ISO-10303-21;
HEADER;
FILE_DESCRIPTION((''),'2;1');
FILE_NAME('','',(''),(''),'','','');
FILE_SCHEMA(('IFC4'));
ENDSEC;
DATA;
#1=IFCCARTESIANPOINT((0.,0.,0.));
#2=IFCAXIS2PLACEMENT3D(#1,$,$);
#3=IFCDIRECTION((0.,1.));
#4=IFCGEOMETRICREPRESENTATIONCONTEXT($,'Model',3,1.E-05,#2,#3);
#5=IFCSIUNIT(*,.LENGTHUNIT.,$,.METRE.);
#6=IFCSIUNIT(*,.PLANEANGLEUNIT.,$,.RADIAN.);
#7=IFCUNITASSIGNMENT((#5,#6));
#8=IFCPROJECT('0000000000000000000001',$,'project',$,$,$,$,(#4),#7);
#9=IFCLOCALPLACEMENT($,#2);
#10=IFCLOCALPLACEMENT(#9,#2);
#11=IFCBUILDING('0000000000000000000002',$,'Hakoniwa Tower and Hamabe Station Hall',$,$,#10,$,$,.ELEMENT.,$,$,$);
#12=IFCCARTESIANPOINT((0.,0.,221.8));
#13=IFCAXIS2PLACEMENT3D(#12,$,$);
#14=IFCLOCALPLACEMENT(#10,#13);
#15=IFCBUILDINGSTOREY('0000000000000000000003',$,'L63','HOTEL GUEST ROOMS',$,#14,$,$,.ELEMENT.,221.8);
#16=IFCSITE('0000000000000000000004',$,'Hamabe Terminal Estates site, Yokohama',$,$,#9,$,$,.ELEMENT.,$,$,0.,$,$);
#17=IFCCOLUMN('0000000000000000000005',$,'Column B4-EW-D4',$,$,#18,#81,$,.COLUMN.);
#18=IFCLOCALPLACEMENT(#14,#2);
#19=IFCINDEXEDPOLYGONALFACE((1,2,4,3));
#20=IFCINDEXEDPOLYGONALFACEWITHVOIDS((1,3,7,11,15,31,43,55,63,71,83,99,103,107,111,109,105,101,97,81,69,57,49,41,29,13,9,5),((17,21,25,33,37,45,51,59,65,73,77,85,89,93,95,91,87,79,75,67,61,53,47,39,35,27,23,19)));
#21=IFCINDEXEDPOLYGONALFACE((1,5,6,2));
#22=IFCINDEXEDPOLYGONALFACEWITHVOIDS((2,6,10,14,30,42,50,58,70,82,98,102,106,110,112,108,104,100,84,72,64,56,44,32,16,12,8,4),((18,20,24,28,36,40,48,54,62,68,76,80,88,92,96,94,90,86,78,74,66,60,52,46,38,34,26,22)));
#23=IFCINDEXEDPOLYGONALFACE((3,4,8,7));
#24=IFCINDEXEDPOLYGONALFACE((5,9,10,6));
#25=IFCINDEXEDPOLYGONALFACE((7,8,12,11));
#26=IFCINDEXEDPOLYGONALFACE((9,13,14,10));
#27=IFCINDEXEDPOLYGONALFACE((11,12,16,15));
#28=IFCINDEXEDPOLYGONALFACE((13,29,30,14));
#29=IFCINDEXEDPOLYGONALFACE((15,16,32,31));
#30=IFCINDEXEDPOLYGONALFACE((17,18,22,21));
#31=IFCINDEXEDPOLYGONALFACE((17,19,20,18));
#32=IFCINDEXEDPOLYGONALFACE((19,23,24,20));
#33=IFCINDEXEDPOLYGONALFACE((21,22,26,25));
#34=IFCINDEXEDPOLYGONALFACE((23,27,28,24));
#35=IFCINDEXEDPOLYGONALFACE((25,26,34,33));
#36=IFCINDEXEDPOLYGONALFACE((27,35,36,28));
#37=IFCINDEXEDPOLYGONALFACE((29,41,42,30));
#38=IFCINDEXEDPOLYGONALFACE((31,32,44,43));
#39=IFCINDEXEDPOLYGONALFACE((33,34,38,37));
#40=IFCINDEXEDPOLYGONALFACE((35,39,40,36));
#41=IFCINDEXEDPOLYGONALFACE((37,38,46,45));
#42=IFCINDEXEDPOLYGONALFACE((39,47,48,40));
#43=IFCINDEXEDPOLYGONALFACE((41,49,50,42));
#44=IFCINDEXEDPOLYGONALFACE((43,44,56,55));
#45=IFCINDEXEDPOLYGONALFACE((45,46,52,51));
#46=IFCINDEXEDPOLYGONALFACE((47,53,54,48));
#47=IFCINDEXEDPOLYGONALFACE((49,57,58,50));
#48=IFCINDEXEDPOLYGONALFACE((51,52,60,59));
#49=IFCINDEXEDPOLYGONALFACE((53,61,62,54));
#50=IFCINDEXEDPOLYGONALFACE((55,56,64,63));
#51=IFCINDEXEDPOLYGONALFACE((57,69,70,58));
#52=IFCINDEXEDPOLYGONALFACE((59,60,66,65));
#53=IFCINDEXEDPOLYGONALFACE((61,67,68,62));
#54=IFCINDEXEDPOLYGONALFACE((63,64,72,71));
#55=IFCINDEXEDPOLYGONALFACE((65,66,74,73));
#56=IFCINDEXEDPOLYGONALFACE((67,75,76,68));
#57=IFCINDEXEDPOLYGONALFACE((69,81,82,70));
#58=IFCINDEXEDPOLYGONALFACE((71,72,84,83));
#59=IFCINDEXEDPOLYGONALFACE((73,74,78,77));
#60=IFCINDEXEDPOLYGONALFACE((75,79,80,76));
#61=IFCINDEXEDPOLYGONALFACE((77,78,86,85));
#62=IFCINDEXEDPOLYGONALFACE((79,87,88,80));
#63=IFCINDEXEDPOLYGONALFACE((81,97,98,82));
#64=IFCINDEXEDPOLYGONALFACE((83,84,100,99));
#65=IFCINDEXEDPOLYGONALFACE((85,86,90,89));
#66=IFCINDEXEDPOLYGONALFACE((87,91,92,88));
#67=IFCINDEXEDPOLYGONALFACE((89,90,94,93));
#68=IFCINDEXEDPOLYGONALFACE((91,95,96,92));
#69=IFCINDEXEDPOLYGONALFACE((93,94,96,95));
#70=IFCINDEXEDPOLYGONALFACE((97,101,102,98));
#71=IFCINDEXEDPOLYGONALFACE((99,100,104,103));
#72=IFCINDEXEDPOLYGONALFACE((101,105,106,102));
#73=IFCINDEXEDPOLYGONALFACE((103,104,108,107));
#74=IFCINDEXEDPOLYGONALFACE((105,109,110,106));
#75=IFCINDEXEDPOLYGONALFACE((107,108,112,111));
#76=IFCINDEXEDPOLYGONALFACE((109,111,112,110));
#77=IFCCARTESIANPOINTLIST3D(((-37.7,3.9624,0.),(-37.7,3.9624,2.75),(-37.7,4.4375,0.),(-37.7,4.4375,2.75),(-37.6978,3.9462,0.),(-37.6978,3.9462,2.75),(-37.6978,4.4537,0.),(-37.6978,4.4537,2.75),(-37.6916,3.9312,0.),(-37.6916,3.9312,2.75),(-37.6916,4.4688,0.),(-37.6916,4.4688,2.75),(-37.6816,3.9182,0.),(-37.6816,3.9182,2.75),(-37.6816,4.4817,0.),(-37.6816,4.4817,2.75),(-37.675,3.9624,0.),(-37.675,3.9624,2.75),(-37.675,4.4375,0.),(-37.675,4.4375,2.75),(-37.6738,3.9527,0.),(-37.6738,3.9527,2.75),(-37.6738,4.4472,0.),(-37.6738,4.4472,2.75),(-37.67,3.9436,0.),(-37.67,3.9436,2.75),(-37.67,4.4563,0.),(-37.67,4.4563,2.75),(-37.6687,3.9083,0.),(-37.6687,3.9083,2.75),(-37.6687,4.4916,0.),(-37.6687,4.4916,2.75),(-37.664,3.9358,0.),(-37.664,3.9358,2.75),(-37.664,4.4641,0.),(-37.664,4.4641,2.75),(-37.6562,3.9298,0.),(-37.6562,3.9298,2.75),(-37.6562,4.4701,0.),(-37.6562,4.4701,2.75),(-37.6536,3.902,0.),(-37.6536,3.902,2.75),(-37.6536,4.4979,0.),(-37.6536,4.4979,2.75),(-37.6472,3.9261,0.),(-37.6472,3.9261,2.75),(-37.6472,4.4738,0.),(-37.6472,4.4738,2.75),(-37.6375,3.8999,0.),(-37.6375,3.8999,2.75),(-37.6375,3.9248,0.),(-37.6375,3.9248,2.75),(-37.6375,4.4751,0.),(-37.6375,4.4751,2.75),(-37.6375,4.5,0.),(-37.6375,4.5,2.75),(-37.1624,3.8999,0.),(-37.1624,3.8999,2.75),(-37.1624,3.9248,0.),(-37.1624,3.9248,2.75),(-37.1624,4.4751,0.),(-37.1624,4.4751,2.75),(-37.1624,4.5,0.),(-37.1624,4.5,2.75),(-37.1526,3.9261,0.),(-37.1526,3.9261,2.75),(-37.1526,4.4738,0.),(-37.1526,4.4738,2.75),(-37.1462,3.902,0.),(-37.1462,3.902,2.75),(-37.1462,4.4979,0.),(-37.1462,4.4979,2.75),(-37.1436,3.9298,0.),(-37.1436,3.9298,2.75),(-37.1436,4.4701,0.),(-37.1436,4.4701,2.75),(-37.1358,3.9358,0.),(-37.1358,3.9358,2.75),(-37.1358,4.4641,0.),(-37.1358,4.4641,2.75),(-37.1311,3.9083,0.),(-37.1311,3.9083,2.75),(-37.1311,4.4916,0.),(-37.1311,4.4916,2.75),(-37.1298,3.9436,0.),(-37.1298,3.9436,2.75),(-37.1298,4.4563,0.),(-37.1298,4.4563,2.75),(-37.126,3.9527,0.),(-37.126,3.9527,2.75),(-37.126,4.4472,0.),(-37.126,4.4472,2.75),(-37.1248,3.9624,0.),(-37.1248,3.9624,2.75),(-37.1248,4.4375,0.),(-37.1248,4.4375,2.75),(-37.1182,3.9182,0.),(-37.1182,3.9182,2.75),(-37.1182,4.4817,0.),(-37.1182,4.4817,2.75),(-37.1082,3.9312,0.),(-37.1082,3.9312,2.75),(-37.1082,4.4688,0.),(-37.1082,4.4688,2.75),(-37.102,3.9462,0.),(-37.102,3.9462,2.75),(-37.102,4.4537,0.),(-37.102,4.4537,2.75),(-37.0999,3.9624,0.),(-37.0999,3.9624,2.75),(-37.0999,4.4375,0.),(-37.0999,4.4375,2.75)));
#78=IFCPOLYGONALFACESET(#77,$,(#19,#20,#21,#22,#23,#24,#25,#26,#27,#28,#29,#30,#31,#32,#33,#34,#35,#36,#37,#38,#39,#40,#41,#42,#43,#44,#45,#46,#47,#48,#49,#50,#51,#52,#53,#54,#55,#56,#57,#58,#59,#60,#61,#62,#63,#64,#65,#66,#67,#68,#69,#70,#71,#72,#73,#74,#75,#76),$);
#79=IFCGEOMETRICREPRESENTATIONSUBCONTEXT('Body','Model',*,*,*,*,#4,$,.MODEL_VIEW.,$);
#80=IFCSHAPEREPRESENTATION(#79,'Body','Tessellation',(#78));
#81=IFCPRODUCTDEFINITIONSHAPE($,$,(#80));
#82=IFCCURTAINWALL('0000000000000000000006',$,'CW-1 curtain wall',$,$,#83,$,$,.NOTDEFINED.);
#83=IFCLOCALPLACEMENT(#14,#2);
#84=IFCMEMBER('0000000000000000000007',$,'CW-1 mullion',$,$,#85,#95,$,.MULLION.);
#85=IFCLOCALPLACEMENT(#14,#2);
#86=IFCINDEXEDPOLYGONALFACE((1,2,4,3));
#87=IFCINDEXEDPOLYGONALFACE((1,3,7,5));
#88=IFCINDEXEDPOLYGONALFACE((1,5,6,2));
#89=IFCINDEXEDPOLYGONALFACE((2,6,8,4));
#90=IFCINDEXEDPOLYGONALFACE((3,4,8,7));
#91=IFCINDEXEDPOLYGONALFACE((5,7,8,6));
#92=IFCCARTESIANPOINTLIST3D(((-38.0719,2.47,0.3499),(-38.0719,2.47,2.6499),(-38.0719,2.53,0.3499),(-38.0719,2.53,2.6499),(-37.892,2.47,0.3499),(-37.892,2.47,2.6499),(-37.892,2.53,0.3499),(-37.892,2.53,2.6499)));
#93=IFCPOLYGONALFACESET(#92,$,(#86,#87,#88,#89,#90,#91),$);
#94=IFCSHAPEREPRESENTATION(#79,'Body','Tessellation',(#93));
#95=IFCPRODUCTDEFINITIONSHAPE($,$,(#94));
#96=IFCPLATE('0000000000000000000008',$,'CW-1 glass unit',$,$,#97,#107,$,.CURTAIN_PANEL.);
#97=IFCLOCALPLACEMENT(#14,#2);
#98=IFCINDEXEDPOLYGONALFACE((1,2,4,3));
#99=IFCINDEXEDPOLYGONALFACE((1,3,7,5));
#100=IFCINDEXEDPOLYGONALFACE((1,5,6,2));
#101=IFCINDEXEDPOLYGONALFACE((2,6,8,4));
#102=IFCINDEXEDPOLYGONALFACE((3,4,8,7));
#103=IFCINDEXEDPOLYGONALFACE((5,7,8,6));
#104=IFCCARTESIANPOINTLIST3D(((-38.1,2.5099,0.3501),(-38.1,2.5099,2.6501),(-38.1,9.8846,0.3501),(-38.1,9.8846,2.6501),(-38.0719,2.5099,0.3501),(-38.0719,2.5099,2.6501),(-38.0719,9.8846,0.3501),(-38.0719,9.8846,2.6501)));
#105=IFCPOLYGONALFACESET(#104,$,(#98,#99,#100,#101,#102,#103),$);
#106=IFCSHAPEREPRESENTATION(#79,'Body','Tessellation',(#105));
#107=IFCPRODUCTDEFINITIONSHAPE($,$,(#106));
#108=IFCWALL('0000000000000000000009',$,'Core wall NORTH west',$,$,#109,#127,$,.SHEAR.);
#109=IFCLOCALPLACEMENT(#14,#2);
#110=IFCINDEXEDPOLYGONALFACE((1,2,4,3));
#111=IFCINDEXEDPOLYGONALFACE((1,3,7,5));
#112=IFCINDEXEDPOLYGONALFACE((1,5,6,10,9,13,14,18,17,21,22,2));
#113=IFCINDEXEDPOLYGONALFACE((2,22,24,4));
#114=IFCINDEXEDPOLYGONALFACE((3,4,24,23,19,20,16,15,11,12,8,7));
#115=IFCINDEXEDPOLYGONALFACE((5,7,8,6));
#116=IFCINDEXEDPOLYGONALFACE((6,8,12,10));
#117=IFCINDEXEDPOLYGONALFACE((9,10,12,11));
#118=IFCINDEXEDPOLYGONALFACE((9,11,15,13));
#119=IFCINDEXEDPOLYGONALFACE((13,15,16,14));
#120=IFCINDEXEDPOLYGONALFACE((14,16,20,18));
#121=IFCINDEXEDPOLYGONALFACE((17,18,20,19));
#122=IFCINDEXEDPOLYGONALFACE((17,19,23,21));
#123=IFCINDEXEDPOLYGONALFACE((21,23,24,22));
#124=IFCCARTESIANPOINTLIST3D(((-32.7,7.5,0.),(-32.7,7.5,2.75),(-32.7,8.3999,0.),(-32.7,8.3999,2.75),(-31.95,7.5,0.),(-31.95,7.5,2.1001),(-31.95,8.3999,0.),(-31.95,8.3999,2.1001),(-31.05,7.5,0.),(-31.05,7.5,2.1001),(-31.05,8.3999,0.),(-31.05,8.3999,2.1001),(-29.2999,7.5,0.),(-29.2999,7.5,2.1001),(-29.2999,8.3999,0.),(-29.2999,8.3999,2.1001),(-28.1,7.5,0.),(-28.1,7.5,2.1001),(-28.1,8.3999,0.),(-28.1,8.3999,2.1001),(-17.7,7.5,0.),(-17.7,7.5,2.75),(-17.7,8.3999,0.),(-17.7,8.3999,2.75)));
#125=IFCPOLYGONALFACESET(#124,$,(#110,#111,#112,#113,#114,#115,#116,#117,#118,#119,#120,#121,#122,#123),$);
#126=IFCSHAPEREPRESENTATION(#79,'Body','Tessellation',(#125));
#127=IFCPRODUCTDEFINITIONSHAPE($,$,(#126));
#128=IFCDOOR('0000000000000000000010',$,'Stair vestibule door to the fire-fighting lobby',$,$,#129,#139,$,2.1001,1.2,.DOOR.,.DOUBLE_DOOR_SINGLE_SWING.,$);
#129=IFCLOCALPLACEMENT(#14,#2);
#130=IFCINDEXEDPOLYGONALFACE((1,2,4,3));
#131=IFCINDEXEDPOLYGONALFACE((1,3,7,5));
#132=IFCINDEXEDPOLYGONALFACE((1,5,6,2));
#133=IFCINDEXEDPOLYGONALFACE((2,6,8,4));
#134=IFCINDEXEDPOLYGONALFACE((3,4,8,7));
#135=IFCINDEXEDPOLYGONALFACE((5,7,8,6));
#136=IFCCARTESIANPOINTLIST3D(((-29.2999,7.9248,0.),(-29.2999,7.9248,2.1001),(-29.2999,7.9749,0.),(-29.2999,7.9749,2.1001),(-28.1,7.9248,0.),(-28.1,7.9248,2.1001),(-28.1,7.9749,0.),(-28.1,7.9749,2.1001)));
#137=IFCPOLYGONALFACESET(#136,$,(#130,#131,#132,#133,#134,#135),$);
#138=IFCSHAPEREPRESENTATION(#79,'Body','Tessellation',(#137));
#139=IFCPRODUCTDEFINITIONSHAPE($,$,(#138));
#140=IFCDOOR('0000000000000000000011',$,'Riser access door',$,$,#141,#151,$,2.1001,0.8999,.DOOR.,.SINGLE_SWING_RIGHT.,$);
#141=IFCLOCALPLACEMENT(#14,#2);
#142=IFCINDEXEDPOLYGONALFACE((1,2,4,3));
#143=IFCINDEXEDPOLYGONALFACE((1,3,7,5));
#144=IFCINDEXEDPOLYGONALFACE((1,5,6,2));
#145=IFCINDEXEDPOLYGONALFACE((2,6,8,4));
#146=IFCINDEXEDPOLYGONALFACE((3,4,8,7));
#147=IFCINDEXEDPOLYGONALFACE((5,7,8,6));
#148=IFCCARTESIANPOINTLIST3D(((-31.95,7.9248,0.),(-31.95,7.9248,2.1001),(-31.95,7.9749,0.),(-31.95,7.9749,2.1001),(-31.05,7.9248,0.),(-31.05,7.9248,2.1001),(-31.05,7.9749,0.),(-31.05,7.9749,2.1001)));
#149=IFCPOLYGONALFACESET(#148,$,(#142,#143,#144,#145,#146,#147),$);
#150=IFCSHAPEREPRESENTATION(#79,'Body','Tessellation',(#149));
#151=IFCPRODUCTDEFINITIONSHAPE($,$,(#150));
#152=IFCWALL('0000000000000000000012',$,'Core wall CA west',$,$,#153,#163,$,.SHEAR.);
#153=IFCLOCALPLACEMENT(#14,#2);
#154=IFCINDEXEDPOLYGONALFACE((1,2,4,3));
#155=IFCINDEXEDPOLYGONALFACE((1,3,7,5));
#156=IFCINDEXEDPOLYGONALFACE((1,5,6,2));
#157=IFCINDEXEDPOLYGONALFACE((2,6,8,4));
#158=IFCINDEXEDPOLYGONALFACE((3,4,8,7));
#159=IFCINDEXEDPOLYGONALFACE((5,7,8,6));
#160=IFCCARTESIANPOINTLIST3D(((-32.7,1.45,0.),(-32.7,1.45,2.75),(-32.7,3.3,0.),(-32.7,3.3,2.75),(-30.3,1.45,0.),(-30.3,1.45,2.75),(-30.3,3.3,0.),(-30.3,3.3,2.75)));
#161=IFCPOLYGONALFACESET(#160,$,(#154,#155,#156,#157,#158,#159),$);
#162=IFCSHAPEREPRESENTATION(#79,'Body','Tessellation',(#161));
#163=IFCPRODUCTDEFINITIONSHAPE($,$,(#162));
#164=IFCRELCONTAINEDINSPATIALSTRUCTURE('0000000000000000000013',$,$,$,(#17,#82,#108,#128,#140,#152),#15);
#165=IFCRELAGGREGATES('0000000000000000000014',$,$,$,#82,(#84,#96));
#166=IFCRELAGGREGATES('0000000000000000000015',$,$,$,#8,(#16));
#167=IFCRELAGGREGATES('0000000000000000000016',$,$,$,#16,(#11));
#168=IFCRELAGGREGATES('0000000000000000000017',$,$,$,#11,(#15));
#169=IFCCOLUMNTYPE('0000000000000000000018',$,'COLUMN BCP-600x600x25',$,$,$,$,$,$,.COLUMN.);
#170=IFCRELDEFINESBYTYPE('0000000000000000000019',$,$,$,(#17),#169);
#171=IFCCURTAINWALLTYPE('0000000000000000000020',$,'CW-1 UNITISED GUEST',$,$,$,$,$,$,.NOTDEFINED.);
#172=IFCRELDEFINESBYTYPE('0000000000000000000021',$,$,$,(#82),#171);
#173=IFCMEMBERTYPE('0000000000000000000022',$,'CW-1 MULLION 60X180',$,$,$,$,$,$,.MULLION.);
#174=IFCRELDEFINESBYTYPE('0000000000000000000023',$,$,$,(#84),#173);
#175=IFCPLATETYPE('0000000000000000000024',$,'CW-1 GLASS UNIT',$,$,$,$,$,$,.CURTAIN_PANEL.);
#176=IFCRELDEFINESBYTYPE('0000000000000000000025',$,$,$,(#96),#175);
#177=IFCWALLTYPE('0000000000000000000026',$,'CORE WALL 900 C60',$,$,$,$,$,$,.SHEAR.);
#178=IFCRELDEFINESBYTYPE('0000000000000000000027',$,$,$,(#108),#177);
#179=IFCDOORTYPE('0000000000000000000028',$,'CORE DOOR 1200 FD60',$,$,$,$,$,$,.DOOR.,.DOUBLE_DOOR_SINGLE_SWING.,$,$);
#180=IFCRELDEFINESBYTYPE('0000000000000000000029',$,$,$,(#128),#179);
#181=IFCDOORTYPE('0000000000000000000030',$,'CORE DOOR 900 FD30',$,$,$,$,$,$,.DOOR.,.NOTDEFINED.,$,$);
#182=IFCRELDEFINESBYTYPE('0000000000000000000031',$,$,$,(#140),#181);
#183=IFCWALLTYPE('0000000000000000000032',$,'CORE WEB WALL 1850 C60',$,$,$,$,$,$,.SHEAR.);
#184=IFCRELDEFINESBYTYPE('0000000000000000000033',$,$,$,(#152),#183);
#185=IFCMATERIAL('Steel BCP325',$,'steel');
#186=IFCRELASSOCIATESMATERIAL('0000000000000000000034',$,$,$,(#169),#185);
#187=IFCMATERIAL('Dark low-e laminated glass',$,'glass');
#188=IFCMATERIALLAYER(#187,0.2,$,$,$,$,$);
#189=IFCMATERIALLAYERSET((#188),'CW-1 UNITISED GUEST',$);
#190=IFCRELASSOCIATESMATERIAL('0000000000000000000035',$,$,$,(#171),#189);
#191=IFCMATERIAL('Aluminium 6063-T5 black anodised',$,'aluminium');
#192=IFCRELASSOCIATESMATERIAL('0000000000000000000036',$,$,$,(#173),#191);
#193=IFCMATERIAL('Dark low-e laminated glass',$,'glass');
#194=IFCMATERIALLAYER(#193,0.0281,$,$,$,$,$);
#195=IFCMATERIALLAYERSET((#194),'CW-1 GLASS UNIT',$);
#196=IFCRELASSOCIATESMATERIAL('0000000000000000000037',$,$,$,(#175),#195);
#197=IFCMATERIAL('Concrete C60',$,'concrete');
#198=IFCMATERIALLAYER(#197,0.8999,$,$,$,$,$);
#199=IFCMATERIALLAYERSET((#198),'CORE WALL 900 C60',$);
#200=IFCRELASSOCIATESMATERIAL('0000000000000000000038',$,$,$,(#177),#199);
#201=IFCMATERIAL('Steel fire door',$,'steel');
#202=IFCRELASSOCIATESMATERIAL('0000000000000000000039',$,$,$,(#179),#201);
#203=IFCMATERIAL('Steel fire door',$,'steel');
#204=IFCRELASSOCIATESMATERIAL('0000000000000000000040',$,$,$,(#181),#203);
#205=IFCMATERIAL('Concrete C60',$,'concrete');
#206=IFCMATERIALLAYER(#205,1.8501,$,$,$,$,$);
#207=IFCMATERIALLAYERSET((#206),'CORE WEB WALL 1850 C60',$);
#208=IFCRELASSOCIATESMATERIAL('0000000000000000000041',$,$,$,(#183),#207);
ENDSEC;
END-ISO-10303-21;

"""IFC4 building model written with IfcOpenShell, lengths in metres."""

from ifc_helpers import new_model, si_unit, direction, frame, frame_2d, origin, origin_2d, place, context, subcontext, project, spatial, rectangle, hollow_rectangle, extrude, material, layer, layer_set, material_profile, profile_set, type_object, element, fill, aggregate, save


model = new_model("IFC4")

# Units and contexts
model_context = context("Model", 3, precision=1e-05, world=origin(), true_north=direction((0.0, 1.0)))
body_context = subcontext(model_context, "Body", "Model", "MODEL_VIEW")
ifc_project = project(units=[si_unit("LENGTHUNIT", "METRE"), si_unit("PLANEANGLEUNIT", "RADIAN")], contexts=[model_context])

# Site, building, storey
site_placement = place(None, origin())
site = spatial("IfcSite", under=ifc_project, at=site_placement, Name="Hamabe Terminal Estates site, Yokohama", CompositionType="ELEMENT", RefElevation=0.0)
building_placement = place(site_placement, origin())
building = spatial("IfcBuilding", under=site, at=building_placement, Name="Hakoniwa Tower and Hamabe Station Hall", CompositionType="ELEMENT")
storey_placement = place(building_placement, frame((0.0, 0.0, 221.8)))
storey = spatial("IfcBuildingStorey", under=building, at=storey_placement, Name="L63", Description="HOTEL GUEST ROOMS", CompositionType="ELEMENT", Elevation=221.8)

# Column
ifc_material_1 = material(Name="Steel BCP325", Category="steel")
ifc_material_profile_1 = material_profile(ifc_material_1, hollow_rectangle(XDim=0.6001, YDim=0.6001, WallThickness=0.0249, InnerFilletRadius=0.0376, OuterFilletRadius=0.0625, at=origin_2d()), Name="BCP-600x600x25")
ifc_profile_set_1 = profile_set([ifc_material_profile_1], Name="Steel BCP325")
column_type = type_object("IfcColumnType", Name="COLUMN BCP-600x600x25", PredefinedType="COLUMN", material=ifc_profile_set_1)
column_placement = place(storey_placement, frame((-37.3999, 4.2, 0.0), z_axis=(0.0, 0.0, 1.0), x_axis=(1.0, 0.0, 0.0)))
element("IfcColumn", 1, at=column_placement, inside=storey, type_object=column_type, Name="Column B4-EW-D4", PredefinedType="COLUMN", context=body_context, shape_type="SweptSolid", body=[
    extrude(hollow_rectangle(XDim=0.6001, YDim=0.6001, WallThickness=0.0249, InnerFilletRadius=0.0376, OuterFilletRadius=0.0625, at=origin_2d()), origin(), (0.0, 0.0, 1.0), 2.75),
])

# Curtain wall, member, plate
ifc_material_2 = material(Name="Dark low-e laminated glass", Category="glass")
ifc_layer_1 = layer(ifc_material_2, 0.2)
ifc_layer_set_1 = layer_set([ifc_layer_1], Name="CW-1 UNITISED GUEST")
curtain_wall_type = type_object("IfcCurtainWallType", Name="CW-1 UNITISED GUEST", PredefinedType="NOTDEFINED", material=ifc_layer_set_1)
curtain_wall_placement = place(storey_placement, origin())
curtain_wall = element("IfcCurtainWall", 2, at=curtain_wall_placement, inside=storey, type_object=curtain_wall_type, Name="CW-1 curtain wall", PredefinedType="NOTDEFINED")
ifc_material_3 = material(Name="Aluminium 6063-T5 black anodised", Category="aluminium")
ifc_material_profile_2 = material_profile(ifc_material_3, rectangle(XDim=0.0601, YDim=0.1799, at=origin_2d()), Name="CW-1 MULLION 60X180")
ifc_profile_set_2 = profile_set([ifc_material_profile_2], Name="Aluminium 6063-T5 black anodised")
member_type = type_object("IfcMemberType", Name="CW-1 MULLION 60X180", PredefinedType="MULLION", material=ifc_profile_set_2)
member_placement = place(storey_placement, frame((-37.9819, 2.5, 0.3499), z_axis=(0.0, 0.0, 1.0), x_axis=(0.0, -1.0, 0.0)))
member = element("IfcMember", 3, at=member_placement, type_object=member_type, Name="CW-1 mullion", PredefinedType="MULLION", context=body_context, shape_type="SweptSolid", body=[
    extrude(rectangle(XDim=0.0601, YDim=0.1799, at=origin_2d()), origin(), (0.0, 0.0, 1.0), 2.3),
])
ifc_material_4 = material(Name="Dark low-e laminated glass", Category="glass")
ifc_layer_2 = layer(ifc_material_4, 0.0281)
ifc_layer_set_2 = layer_set([ifc_layer_2], Name="CW-1 GLASS UNIT")
plate_type = type_object("IfcPlateType", Name="CW-1 GLASS UNIT", PredefinedType="CURTAIN_PANEL", material=ifc_layer_set_2)
plate_placement = place(storey_placement, frame((-38.0859, 6.1973, 0.3501), z_axis=(0.0, 0.0, 1.0), x_axis=(0.0, -1.0, 0.0)))
plate = element("IfcPlate", 4, at=plate_placement, type_object=plate_type, Name="CW-1 glass unit", PredefinedType="CURTAIN_PANEL", context=body_context, shape_type="SweptSolid", body=[
    extrude(rectangle(XDim=7.3748, YDim=0.0281, at=origin_2d()), origin(), (0.0, 0.0, 1.0), 2.3),
])
aggregate(curtain_wall, [member, plate])

# Wall, openings, doors
ifc_material_5 = material(Name="Concrete C60", Category="concrete")
ifc_layer_3 = layer(ifc_material_5, 0.8999)
ifc_layer_set_3 = layer_set([ifc_layer_3], Name="CORE WALL 900 C60")
wall_type_1 = type_object("IfcWallType", Name="CORE WALL 900 C60", PredefinedType="SHEAR", material=ifc_layer_set_3)
wall_1_placement = place(storey_placement, frame((-32.7, 7.95, 0.0), z_axis=(0.0, 0.0, 1.0), x_axis=(1.0, 0.0, 0.0)))
wall_1 = element("IfcWall", 5, at=wall_1_placement, inside=storey, type_object=wall_type_1, Name="Core wall NORTH west", PredefinedType="SHEAR", context=body_context, shape_type="SweptSolid", body=[
    extrude(rectangle(XDim=15.0, YDim=0.8999, at=frame_2d((7.5, 0.0))), origin(), (0.0, 0.0, 1.0), 2.75),
])
opening_1_placement = place(wall_1_placement, frame((3.3999, 0.0, 0.0)))
opening_1 = element("IfcOpeningElement", 6, at=opening_1_placement, cuts=wall_1, PredefinedType="OPENING", context=body_context, shape_type="SweptSolid", body=[
    extrude(rectangle(XDim=1.2, YDim=2.1001, at=frame_2d((0.6001, 1.05))), frame((0.0, 0.46, 0.0), z_axis=(0.0, -1.0, 0.0), x_axis=(1.0, 0.0, 0.0)), (0.0, 0.0, 1.0), 0.9199),
])
opening_2_placement = place(wall_1_placement, frame((0.75, 0.0, 0.0)))
opening_2 = element("IfcOpeningElement", 7, at=opening_2_placement, cuts=wall_1, PredefinedType="OPENING", context=body_context, shape_type="SweptSolid", body=[
    extrude(rectangle(XDim=0.8999, YDim=2.1001, at=frame_2d((0.45, 1.05))), frame((0.0, 0.46, 0.0), z_axis=(0.0, -1.0, 0.0), x_axis=(1.0, 0.0, 0.0)), (0.0, 0.0, 1.0), 0.9199),
])
ifc_material_6 = material(Name="Steel fire door", Category="steel")
door_type_1 = type_object("IfcDoorType", Name="CORE DOOR 1200 FD60", OperationType="DOUBLE_DOOR_SINGLE_SWING", PredefinedType="DOOR", material=ifc_material_6)
door_1_placement = place(opening_1_placement, origin())
door_1 = element("IfcDoor", 8, at=door_1_placement, inside=storey, type_object=door_type_1, Name="Stair vestibule door to the fire-fighting lobby", OperationType="DOUBLE_DOOR_SINGLE_SWING", OverallHeight=2.1001, OverallWidth=1.2, PredefinedType="DOOR", context=body_context, shape_type="SweptSolid", body=[
    extrude(rectangle(XDim=1.2, YDim=2.1001, at=frame_2d((0.6001, 1.05))), frame((0.0, 0.0249, 0.0), z_axis=(0.0, -1.0, 0.0), x_axis=(1.0, 0.0, 0.0)), (0.0, 0.0, 1.0), 0.05),
])
fill(opening_1, door_1)
ifc_material_7 = material(Name="Steel fire door", Category="steel")
door_type_2 = type_object("IfcDoorType", Name="CORE DOOR 900 FD30", OperationType="NOTDEFINED", PredefinedType="DOOR", material=ifc_material_7)
door_2_placement = place(opening_2_placement, origin())
door_2 = element("IfcDoor", 9, at=door_2_placement, inside=storey, type_object=door_type_2, Name="Riser access door", OperationType="SINGLE_SWING_RIGHT", OverallHeight=2.1001, OverallWidth=0.8999, PredefinedType="DOOR", context=body_context, shape_type="SweptSolid", body=[
    extrude(rectangle(XDim=0.8999, YDim=2.1001, at=frame_2d((0.45, 1.05))), frame((0.0, 0.0249, 0.0), z_axis=(0.0, -1.0, 0.0), x_axis=(1.0, 0.0, 0.0)), (0.0, 0.0, 1.0), 0.05),
])
fill(opening_2, door_2)

# Wall
ifc_material_8 = material(Name="Concrete C60", Category="concrete")
ifc_layer_4 = layer(ifc_material_8, 1.8501)
ifc_layer_set_4 = layer_set([ifc_layer_4], Name="CORE WEB WALL 1850 C60")
wall_type_2 = type_object("IfcWallType", Name="CORE WEB WALL 1850 C60", PredefinedType="SHEAR", material=ifc_layer_set_4)
wall_2_placement = place(storey_placement, frame((-32.7, 2.375, 0.0), z_axis=(0.0, 0.0, 1.0), x_axis=(1.0, 0.0, 0.0)))
element("IfcWall", 10, at=wall_2_placement, inside=storey, type_object=wall_type_2, Name="Core wall CA west", PredefinedType="SHEAR", context=body_context, shape_type="SweptSolid", body=[
    extrude(rectangle(XDim=2.3999, YDim=1.8501, at=frame_2d((1.2, 0.0))), origin(), (0.0, 0.0, 1.0), 2.75),
])

save(model, "model.ifc")
